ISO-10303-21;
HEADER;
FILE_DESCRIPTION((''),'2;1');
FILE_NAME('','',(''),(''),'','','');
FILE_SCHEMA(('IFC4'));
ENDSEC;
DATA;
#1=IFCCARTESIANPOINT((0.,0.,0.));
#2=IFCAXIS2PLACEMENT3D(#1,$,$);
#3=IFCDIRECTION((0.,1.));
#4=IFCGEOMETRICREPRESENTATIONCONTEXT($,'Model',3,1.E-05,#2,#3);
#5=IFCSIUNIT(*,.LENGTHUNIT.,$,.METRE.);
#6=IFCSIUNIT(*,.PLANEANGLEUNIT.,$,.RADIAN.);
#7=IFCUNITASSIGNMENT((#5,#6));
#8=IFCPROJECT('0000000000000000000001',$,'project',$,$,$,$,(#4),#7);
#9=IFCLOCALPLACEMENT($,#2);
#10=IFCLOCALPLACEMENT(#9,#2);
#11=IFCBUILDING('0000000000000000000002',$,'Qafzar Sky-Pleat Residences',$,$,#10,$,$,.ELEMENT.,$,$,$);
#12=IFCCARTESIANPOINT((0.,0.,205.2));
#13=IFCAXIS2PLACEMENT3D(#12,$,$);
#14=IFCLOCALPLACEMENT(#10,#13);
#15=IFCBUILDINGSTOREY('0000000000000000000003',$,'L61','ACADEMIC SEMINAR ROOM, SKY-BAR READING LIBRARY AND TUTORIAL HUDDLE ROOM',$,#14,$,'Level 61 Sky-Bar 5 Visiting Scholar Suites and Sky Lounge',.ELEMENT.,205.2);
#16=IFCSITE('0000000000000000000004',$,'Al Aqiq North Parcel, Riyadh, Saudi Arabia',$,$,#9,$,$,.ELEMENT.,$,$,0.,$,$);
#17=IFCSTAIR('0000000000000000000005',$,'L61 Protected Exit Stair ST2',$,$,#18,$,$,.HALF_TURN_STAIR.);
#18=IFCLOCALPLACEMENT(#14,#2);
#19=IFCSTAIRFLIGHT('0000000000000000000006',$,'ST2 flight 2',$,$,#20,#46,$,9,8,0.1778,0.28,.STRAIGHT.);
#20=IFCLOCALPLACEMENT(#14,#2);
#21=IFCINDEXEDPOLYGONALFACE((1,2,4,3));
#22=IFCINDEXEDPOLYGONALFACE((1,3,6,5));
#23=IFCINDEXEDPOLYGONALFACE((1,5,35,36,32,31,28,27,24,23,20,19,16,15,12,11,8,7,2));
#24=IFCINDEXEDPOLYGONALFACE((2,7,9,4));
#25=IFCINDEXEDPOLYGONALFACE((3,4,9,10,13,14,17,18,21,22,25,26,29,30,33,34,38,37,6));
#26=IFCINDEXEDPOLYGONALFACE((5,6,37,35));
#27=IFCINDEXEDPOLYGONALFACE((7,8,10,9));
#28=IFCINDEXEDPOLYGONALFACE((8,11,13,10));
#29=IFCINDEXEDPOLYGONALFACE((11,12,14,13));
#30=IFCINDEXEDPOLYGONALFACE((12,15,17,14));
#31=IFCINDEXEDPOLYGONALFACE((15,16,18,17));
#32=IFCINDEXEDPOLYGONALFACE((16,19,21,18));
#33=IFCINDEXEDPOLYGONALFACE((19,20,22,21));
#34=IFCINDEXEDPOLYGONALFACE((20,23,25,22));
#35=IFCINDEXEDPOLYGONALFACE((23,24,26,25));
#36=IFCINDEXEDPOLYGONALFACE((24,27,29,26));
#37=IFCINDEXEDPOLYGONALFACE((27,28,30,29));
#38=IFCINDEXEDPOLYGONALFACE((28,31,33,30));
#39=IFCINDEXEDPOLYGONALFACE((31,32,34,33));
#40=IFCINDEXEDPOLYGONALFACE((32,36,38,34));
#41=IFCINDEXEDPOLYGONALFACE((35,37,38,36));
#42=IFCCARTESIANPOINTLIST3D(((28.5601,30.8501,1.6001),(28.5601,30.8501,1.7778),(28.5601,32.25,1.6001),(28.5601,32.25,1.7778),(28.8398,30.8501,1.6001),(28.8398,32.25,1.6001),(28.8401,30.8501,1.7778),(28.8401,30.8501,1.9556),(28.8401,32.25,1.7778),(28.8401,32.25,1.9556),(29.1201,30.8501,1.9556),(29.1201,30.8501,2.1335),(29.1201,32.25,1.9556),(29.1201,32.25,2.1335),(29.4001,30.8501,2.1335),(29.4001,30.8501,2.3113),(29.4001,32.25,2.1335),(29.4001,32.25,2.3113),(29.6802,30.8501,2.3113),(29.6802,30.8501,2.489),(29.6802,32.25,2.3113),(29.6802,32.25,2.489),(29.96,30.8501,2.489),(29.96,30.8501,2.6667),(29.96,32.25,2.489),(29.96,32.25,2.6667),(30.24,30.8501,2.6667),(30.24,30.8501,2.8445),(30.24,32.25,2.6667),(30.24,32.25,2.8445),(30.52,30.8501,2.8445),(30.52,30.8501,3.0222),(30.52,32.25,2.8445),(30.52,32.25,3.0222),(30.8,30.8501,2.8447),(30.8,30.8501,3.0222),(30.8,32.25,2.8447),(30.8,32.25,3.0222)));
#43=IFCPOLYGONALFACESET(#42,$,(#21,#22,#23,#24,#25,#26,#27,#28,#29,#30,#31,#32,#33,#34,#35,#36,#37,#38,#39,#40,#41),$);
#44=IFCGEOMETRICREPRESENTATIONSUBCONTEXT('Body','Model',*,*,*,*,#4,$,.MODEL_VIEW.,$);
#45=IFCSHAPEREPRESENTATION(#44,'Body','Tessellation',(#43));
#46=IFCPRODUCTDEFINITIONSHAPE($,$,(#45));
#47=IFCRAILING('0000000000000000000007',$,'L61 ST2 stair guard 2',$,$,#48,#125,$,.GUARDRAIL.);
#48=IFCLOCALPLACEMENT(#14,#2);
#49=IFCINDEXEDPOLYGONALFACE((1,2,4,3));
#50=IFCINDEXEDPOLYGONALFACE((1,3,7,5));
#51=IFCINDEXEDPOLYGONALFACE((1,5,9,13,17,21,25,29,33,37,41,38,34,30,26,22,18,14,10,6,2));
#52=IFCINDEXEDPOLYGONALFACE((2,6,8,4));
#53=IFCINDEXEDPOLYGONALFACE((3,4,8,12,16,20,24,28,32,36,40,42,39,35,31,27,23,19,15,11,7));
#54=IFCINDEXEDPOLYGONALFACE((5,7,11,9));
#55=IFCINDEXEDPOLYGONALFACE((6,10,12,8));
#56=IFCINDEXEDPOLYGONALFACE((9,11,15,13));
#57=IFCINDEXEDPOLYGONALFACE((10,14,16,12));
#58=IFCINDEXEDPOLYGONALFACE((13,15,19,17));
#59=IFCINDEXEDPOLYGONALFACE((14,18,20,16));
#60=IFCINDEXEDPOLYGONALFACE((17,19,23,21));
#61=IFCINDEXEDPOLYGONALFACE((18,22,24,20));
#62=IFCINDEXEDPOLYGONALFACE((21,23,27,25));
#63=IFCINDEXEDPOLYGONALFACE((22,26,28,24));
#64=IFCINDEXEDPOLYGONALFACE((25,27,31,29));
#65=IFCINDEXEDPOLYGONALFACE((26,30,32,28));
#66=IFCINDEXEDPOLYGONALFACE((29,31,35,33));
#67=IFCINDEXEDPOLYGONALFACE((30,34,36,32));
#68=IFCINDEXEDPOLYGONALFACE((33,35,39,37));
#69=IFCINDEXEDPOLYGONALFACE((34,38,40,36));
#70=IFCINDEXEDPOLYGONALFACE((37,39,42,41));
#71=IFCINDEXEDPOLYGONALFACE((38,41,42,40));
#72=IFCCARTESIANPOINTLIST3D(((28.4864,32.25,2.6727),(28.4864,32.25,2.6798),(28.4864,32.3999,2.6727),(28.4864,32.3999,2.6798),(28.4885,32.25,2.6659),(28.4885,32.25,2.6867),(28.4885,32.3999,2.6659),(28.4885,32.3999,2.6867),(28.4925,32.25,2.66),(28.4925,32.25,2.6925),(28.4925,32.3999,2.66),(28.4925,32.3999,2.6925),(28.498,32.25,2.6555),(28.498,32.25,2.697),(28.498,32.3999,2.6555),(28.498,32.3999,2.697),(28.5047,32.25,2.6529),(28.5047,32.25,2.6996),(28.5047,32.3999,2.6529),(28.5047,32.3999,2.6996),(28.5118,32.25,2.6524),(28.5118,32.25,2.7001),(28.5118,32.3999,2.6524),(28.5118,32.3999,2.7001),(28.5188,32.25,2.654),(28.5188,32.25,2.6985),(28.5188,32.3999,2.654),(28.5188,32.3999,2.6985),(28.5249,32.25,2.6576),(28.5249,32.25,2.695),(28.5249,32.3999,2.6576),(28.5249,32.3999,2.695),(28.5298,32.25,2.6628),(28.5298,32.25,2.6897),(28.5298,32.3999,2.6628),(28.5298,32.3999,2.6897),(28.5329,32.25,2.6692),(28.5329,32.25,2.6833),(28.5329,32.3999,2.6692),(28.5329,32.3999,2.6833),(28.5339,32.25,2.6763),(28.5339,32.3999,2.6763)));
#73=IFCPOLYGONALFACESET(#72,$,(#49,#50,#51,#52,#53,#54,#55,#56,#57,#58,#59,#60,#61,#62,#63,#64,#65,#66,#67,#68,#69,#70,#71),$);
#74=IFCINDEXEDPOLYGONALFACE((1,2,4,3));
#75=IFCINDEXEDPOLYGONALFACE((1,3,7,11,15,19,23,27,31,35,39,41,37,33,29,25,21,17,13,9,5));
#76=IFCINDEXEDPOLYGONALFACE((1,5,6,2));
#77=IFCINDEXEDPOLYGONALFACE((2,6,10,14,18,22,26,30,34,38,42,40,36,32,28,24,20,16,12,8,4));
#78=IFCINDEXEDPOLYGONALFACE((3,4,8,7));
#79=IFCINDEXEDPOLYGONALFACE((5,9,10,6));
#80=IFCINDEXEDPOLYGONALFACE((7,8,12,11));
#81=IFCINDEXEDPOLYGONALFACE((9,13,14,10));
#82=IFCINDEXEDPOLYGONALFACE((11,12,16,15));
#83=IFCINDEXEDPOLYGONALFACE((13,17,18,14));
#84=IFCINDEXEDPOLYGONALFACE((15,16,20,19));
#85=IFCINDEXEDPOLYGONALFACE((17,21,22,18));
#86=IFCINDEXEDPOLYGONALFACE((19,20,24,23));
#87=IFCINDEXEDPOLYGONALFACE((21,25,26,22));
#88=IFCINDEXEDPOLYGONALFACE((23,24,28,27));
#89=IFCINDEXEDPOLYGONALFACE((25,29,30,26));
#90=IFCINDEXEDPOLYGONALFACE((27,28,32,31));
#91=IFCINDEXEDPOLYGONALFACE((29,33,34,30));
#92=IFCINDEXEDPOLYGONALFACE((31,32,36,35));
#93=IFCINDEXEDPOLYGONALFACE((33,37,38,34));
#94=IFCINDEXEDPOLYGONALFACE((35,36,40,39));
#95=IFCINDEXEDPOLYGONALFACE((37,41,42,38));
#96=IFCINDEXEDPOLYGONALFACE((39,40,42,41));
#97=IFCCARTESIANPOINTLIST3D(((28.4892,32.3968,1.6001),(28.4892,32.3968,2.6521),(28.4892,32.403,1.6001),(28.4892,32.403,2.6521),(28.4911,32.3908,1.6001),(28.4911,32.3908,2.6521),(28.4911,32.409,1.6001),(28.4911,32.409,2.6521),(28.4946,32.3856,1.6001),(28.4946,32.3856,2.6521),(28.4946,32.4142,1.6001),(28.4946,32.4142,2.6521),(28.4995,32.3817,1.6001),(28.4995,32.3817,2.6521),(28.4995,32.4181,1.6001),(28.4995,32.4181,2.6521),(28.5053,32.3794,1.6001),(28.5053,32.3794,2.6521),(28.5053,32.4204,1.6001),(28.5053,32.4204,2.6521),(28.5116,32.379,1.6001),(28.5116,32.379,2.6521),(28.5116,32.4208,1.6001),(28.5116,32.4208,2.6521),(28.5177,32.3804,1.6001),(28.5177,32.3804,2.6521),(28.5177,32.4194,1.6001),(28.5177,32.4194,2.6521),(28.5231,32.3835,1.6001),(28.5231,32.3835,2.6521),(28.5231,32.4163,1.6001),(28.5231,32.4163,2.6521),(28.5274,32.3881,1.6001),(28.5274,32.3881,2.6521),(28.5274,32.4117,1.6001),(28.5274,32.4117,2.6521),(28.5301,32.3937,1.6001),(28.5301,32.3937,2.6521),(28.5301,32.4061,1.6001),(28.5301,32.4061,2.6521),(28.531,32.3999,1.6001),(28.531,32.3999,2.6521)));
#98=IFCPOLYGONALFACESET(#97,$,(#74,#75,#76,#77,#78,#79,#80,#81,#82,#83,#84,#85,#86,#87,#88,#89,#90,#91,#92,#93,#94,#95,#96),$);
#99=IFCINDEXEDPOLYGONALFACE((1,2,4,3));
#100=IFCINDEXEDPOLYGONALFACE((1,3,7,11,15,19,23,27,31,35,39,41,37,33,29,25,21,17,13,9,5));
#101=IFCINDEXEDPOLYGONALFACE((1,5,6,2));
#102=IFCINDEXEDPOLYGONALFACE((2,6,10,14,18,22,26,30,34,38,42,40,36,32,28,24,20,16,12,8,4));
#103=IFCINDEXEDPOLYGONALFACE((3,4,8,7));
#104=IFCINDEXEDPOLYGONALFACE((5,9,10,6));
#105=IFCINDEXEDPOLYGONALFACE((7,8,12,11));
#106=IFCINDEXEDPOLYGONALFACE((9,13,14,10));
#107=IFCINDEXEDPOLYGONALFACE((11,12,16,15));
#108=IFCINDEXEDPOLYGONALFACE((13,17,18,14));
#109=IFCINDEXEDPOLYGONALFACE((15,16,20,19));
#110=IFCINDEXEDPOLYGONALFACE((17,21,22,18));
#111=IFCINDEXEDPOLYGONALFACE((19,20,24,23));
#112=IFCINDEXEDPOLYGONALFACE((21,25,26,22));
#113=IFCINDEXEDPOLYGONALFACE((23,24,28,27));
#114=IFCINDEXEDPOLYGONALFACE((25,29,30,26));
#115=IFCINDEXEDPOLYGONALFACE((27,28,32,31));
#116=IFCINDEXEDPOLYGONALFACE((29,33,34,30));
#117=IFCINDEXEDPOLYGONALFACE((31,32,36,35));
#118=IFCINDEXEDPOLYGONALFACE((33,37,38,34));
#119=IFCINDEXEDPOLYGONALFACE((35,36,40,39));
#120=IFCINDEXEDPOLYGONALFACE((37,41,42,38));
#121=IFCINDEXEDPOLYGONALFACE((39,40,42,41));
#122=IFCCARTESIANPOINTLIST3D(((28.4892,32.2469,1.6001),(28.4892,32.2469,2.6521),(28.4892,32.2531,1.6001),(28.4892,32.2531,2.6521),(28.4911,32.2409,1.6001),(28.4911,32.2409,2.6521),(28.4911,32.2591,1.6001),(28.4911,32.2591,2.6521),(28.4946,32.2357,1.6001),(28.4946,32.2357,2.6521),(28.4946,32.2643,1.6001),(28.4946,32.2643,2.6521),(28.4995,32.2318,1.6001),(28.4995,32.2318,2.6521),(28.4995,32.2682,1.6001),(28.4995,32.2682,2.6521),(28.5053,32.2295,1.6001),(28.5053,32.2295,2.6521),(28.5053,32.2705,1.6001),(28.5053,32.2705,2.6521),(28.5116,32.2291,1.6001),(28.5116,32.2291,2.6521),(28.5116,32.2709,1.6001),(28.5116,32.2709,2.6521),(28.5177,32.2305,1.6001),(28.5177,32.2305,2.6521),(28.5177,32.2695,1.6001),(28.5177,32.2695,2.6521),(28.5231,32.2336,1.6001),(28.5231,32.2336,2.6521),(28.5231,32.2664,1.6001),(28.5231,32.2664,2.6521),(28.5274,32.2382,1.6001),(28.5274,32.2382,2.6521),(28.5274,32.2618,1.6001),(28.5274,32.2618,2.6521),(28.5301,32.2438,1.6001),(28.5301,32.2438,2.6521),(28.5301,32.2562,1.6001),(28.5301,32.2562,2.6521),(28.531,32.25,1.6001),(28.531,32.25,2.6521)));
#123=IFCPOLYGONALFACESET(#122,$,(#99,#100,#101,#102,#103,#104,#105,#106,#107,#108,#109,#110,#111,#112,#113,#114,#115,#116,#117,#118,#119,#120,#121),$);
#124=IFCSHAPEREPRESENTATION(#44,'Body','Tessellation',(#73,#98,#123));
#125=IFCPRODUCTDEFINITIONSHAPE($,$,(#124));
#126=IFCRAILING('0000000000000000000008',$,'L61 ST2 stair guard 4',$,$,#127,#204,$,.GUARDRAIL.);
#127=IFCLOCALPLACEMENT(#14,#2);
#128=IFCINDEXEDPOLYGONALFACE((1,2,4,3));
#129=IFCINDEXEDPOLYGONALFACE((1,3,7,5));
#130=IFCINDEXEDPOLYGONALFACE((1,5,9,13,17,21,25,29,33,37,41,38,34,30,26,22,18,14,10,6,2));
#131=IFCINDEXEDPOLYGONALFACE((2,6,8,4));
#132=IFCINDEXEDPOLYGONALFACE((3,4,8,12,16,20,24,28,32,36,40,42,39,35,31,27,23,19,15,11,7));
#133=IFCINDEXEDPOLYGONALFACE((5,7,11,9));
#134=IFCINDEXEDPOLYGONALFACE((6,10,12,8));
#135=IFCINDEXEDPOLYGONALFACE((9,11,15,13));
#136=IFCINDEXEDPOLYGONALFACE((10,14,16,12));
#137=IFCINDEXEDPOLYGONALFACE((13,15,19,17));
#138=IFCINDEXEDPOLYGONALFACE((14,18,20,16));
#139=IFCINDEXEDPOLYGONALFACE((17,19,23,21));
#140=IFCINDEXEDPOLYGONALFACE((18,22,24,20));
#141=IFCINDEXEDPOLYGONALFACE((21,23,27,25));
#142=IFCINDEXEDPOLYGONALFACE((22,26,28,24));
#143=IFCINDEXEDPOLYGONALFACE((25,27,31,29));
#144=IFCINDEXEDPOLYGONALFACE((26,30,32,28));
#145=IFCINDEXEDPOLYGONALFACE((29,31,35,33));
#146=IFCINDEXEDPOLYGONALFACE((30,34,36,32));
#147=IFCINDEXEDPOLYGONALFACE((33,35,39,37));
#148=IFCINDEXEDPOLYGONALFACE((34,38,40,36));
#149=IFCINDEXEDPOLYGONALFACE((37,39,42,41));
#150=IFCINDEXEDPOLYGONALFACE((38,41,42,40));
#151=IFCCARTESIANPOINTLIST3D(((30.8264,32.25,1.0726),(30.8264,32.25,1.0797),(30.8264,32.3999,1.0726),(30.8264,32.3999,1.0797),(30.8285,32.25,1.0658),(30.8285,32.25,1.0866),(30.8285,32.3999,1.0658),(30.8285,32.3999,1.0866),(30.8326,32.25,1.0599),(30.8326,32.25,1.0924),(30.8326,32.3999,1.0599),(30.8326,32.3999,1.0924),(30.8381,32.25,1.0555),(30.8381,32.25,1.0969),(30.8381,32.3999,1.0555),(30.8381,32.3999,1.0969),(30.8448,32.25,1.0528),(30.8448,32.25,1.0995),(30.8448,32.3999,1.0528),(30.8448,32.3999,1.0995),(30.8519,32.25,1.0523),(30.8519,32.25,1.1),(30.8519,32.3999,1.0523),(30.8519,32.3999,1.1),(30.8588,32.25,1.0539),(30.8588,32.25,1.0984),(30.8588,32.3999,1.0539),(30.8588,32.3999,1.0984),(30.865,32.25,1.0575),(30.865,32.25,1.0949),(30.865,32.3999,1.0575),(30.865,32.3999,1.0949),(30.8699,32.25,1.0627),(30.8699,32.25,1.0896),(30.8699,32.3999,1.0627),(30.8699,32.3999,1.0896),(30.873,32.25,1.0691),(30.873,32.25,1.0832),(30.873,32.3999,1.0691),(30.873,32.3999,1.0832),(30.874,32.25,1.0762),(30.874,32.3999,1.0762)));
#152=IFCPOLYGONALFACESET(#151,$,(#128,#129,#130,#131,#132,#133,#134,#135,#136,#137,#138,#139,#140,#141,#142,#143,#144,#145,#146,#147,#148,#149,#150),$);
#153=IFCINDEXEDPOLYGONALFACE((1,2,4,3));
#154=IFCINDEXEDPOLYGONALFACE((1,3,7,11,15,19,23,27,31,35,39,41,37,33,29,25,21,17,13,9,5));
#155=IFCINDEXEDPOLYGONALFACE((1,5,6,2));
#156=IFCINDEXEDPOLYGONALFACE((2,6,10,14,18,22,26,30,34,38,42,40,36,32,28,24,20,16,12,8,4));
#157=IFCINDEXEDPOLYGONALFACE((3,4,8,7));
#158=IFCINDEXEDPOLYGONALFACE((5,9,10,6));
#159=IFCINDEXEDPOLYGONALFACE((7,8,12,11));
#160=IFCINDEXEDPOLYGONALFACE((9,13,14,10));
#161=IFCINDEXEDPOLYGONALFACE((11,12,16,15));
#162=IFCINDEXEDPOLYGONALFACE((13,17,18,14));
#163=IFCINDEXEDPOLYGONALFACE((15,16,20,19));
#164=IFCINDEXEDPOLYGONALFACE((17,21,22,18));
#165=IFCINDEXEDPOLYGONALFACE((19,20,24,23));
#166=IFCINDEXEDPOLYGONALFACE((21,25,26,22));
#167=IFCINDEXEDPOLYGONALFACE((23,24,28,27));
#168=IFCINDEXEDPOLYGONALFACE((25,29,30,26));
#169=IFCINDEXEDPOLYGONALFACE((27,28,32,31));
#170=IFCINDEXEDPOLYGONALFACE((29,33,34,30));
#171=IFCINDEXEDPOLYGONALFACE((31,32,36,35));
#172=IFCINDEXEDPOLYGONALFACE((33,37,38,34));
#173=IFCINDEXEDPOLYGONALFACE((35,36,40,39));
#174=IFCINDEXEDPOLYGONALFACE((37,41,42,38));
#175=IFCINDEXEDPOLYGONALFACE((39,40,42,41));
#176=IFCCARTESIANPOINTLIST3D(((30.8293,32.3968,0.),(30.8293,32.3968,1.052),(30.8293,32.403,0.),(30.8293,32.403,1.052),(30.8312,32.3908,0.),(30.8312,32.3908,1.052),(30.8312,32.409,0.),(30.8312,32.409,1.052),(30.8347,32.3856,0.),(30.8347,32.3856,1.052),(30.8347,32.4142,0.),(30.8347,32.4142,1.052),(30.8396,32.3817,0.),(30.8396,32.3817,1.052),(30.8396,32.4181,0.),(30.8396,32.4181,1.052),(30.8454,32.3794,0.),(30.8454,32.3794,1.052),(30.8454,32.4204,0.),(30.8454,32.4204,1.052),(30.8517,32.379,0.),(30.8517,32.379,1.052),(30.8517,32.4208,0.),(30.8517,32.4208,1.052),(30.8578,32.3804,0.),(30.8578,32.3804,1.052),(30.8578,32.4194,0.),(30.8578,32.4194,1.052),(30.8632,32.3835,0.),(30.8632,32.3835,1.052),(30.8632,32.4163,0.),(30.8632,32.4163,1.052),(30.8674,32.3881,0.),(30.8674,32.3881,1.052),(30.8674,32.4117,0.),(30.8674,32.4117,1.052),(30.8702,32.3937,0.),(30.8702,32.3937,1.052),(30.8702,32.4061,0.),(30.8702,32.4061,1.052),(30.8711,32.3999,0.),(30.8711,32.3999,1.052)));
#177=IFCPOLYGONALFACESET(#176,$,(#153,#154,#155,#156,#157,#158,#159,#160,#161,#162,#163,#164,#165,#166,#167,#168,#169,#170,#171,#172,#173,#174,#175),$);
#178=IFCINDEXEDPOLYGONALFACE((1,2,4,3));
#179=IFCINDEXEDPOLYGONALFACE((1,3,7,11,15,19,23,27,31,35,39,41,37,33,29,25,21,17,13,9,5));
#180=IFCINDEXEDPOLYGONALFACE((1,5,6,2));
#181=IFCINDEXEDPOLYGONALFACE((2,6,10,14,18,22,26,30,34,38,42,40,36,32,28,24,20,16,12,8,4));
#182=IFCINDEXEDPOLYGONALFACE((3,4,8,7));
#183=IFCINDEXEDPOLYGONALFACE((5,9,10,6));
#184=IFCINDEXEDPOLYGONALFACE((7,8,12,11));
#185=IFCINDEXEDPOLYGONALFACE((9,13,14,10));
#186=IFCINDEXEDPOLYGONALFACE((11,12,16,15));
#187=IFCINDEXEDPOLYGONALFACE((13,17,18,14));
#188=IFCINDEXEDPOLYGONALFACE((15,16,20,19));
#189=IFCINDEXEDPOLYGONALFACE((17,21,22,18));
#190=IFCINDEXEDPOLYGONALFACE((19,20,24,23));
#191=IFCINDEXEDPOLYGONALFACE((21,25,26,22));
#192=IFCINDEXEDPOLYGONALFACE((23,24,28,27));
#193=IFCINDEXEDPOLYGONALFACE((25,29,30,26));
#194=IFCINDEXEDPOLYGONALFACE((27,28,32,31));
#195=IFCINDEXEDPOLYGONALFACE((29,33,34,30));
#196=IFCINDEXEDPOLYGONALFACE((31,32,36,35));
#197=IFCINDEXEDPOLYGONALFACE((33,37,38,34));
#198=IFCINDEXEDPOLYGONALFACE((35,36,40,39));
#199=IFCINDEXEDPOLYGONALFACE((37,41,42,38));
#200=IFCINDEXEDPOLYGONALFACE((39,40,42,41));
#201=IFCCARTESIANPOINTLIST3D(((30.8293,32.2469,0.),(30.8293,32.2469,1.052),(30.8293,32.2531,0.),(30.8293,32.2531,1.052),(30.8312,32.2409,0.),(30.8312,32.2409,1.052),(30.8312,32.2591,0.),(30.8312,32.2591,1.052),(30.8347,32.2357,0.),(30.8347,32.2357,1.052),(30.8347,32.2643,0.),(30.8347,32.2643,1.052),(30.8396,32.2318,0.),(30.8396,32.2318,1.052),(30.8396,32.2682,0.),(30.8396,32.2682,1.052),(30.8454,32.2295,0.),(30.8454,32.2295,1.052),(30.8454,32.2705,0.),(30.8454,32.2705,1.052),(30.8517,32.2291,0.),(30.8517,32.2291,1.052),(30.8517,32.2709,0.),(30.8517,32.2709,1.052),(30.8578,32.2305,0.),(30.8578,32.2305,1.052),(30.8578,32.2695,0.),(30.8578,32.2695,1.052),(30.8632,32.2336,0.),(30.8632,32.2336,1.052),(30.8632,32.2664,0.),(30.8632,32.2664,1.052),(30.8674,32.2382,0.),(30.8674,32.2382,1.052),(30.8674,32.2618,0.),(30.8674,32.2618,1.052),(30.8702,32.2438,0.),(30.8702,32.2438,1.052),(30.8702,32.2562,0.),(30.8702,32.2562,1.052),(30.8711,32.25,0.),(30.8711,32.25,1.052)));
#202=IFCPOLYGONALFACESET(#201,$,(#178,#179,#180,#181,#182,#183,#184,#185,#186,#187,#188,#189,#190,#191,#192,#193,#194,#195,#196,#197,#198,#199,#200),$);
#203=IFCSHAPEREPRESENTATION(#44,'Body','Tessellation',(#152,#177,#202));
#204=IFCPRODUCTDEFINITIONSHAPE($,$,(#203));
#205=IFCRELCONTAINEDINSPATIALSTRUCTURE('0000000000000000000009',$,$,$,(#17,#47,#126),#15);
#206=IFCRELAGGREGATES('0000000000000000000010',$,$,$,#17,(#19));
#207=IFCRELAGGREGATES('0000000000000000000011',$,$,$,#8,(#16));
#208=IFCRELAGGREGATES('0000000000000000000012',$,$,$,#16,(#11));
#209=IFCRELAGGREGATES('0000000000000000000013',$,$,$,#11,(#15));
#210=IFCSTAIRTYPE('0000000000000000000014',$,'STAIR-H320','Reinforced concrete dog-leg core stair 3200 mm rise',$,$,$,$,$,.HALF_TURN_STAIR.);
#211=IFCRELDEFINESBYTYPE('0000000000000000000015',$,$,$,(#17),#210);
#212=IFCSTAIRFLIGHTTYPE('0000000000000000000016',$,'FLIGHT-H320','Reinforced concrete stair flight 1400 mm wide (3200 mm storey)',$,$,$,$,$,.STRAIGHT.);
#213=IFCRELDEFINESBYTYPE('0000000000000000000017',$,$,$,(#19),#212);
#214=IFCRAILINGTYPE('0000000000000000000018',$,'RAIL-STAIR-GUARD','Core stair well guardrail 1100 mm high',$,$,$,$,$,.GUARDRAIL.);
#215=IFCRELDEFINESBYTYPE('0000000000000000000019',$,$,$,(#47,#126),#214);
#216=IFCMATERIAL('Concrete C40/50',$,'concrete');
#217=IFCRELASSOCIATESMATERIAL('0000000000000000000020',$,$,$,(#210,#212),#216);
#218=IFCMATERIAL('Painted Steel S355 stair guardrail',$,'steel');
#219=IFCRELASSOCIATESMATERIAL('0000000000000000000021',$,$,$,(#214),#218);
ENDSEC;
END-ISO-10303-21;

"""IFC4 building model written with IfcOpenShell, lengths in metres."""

from ifc_helpers import new_model, si_unit, direction, frame, origin, origin_2d, place, context, subcontext, project, spatial, polyline, circle, outline, extrude, source, transform, mapped, material, type_object, element, aggregate, save


model = new_model("IFC4")

# Units and contexts
model_context = context("Model", 3, precision=1e-05, world=origin(), true_north=direction((0.0, 1.0)))
body_context = subcontext(model_context, "Body", "Model", "MODEL_VIEW")
ifc_project = project(units=[si_unit("LENGTHUNIT", "METRE"), si_unit("PLANEANGLEUNIT", "RADIAN")], contexts=[model_context])

# Site, building, storey
site_placement = place(None, origin())
site = spatial("IfcSite", under=ifc_project, at=site_placement, Name="Al Aqiq North Parcel, Riyadh, Saudi Arabia", CompositionType="ELEMENT", RefElevation=0.0)
building_placement = place(site_placement, origin())
building = spatial("IfcBuilding", under=site, at=building_placement, Name="Qafzar Sky-Pleat Residences", CompositionType="ELEMENT")
storey_placement = place(building_placement, frame((0.0, 0.0, 205.2)))
storey = spatial("IfcBuildingStorey", under=building, at=storey_placement, Name="L61", Description="ACADEMIC SEMINAR ROOM, SKY-BAR READING LIBRARY AND TUTORIAL HUDDLE ROOM", LongName="Level 61 Sky-Bar 5 Visiting Scholar Suites and Sky Lounge", CompositionType="ELEMENT", Elevation=205.2)

# Stair, stair flight
ifc_material_1 = material(Name="Concrete C40/50", Category="concrete")
stair_type = type_object("IfcStairType", Name="STAIR-H320", Description="Reinforced concrete dog-leg core stair 3200 mm rise", PredefinedType="HALF_TURN_STAIR", material=ifc_material_1)
stair_placement = place(storey_placement, origin())
stair = element("IfcStair", 1, at=stair_placement, inside=storey, type_object=stair_type, Name="L61 Protected Exit Stair ST2", PredefinedType="HALF_TURN_STAIR")
stair_flight_type = type_object("IfcStairFlightType", Name="FLIGHT-H320", Description="Reinforced concrete stair flight 1400 mm wide (3200 mm storey)", PredefinedType="STRAIGHT", material=ifc_material_1)
shared_shape_1 = source(origin(), body_context, "Body", "SweptSolid", [
    extrude(outline(polyline([(0.0, 0.0), (0.0, 0.1777), (0.28, 0.1777), (0.28, 0.3555), (0.5601, 0.3555), (0.5601, 0.5334), (0.8401, 0.5334), (0.8401, 0.7112), (1.1201, 0.7112), (1.1201, 0.8889), (1.3999, 0.8889), (1.3999, 1.0667), (1.6799, 1.0667), (1.6799, 1.2444), (1.96, 1.2444), (1.96, 1.4221), (2.24, 1.4221), (2.24, 1.6001), (2.24, 1.2446), (0.2798, 0.0), (0.0, 0.0)])), frame((0.0, 0.7, 0.0), z_axis=(0.0, -1.0, 0.0), x_axis=(1.0, 0.0, 0.0)), (0.0, 0.0, 1.0), 1.3999),
])
stair_flight_1_placement = place(storey_placement, frame((28.5601, 31.55, 1.6001), z_axis=(0.0, 0.0, 1.0), x_axis=(1.0, 0.0, 0.0)))
stair_flight_1 = element("IfcStairFlight", 2, at=stair_flight_1_placement, type_object=stair_flight_type, Name="ST2 flight 2", NumberOfRisers=9, NumberOfTreads=8, PredefinedType="STRAIGHT", RiserHeight=0.1778, TreadLength=0.28, context=body_context, shape_type="MappedRepresentation", body=[
    mapped(shared_shape_1, transform((0.0, 0.0, 0.0), x_axis=(1.0, 0.0, 0.0), y_axis=(0.0, 1.0, 0.0), z_axis=(0.0, 0.0, 1.0), scale=1.0)),
])
aggregate(stair, [stair_flight_1])

# Railings
ifc_material_2 = material(Name="Painted Steel S355 stair guardrail", Category="steel")
railing_type_1 = type_object("IfcRailingType", Name="RAIL-STAIR-GUARD", Description="Core stair well guardrail 1100 mm high", PredefinedType="GUARDRAIL", material=ifc_material_2)
shared_shape_2 = source(origin(), body_context, "Body", "SweptSolid", [
    extrude(circle(Radius=0.0239, at=origin_2d()), frame((0.0, 0.0, 1.0762), z_axis=(0.0, -1.0, 0.0), x_axis=(1.0, 0.0, 0.0)), (0.0, 0.0, 1.0), 0.1499),
    extrude(circle(Radius=0.021, at=origin_2d()), origin(), (0.0, 0.0, 1.0), 1.052),
    extrude(circle(Radius=0.021, at=origin_2d()), frame((0.0, -0.1499, 0.0)), (0.0, 0.0, 1.0), 1.052),
])
for number, where, name in (
    (3, (28.51, 32.3999, 1.6001), "L61 ST2 stair guard 2"),
    (4, (30.8501, 32.3999, 0.0), "L61 ST2 stair guard 4"),
):
    element("IfcRailing", number, at=place(storey_placement, frame(where)), inside=storey, type_object=railing_type_1, Name=name, PredefinedType="GUARDRAIL", context=body_context, shape_type="MappedRepresentation", body=[
        mapped(shared_shape_2, transform((0.0, 0.0, 0.0), x_axis=(1.0, 0.0, 0.0), y_axis=(0.0, 1.0, 0.0), z_axis=(0.0, 0.0, 1.0), scale=1.0)),
    ])

save(model, "model.ifc")
